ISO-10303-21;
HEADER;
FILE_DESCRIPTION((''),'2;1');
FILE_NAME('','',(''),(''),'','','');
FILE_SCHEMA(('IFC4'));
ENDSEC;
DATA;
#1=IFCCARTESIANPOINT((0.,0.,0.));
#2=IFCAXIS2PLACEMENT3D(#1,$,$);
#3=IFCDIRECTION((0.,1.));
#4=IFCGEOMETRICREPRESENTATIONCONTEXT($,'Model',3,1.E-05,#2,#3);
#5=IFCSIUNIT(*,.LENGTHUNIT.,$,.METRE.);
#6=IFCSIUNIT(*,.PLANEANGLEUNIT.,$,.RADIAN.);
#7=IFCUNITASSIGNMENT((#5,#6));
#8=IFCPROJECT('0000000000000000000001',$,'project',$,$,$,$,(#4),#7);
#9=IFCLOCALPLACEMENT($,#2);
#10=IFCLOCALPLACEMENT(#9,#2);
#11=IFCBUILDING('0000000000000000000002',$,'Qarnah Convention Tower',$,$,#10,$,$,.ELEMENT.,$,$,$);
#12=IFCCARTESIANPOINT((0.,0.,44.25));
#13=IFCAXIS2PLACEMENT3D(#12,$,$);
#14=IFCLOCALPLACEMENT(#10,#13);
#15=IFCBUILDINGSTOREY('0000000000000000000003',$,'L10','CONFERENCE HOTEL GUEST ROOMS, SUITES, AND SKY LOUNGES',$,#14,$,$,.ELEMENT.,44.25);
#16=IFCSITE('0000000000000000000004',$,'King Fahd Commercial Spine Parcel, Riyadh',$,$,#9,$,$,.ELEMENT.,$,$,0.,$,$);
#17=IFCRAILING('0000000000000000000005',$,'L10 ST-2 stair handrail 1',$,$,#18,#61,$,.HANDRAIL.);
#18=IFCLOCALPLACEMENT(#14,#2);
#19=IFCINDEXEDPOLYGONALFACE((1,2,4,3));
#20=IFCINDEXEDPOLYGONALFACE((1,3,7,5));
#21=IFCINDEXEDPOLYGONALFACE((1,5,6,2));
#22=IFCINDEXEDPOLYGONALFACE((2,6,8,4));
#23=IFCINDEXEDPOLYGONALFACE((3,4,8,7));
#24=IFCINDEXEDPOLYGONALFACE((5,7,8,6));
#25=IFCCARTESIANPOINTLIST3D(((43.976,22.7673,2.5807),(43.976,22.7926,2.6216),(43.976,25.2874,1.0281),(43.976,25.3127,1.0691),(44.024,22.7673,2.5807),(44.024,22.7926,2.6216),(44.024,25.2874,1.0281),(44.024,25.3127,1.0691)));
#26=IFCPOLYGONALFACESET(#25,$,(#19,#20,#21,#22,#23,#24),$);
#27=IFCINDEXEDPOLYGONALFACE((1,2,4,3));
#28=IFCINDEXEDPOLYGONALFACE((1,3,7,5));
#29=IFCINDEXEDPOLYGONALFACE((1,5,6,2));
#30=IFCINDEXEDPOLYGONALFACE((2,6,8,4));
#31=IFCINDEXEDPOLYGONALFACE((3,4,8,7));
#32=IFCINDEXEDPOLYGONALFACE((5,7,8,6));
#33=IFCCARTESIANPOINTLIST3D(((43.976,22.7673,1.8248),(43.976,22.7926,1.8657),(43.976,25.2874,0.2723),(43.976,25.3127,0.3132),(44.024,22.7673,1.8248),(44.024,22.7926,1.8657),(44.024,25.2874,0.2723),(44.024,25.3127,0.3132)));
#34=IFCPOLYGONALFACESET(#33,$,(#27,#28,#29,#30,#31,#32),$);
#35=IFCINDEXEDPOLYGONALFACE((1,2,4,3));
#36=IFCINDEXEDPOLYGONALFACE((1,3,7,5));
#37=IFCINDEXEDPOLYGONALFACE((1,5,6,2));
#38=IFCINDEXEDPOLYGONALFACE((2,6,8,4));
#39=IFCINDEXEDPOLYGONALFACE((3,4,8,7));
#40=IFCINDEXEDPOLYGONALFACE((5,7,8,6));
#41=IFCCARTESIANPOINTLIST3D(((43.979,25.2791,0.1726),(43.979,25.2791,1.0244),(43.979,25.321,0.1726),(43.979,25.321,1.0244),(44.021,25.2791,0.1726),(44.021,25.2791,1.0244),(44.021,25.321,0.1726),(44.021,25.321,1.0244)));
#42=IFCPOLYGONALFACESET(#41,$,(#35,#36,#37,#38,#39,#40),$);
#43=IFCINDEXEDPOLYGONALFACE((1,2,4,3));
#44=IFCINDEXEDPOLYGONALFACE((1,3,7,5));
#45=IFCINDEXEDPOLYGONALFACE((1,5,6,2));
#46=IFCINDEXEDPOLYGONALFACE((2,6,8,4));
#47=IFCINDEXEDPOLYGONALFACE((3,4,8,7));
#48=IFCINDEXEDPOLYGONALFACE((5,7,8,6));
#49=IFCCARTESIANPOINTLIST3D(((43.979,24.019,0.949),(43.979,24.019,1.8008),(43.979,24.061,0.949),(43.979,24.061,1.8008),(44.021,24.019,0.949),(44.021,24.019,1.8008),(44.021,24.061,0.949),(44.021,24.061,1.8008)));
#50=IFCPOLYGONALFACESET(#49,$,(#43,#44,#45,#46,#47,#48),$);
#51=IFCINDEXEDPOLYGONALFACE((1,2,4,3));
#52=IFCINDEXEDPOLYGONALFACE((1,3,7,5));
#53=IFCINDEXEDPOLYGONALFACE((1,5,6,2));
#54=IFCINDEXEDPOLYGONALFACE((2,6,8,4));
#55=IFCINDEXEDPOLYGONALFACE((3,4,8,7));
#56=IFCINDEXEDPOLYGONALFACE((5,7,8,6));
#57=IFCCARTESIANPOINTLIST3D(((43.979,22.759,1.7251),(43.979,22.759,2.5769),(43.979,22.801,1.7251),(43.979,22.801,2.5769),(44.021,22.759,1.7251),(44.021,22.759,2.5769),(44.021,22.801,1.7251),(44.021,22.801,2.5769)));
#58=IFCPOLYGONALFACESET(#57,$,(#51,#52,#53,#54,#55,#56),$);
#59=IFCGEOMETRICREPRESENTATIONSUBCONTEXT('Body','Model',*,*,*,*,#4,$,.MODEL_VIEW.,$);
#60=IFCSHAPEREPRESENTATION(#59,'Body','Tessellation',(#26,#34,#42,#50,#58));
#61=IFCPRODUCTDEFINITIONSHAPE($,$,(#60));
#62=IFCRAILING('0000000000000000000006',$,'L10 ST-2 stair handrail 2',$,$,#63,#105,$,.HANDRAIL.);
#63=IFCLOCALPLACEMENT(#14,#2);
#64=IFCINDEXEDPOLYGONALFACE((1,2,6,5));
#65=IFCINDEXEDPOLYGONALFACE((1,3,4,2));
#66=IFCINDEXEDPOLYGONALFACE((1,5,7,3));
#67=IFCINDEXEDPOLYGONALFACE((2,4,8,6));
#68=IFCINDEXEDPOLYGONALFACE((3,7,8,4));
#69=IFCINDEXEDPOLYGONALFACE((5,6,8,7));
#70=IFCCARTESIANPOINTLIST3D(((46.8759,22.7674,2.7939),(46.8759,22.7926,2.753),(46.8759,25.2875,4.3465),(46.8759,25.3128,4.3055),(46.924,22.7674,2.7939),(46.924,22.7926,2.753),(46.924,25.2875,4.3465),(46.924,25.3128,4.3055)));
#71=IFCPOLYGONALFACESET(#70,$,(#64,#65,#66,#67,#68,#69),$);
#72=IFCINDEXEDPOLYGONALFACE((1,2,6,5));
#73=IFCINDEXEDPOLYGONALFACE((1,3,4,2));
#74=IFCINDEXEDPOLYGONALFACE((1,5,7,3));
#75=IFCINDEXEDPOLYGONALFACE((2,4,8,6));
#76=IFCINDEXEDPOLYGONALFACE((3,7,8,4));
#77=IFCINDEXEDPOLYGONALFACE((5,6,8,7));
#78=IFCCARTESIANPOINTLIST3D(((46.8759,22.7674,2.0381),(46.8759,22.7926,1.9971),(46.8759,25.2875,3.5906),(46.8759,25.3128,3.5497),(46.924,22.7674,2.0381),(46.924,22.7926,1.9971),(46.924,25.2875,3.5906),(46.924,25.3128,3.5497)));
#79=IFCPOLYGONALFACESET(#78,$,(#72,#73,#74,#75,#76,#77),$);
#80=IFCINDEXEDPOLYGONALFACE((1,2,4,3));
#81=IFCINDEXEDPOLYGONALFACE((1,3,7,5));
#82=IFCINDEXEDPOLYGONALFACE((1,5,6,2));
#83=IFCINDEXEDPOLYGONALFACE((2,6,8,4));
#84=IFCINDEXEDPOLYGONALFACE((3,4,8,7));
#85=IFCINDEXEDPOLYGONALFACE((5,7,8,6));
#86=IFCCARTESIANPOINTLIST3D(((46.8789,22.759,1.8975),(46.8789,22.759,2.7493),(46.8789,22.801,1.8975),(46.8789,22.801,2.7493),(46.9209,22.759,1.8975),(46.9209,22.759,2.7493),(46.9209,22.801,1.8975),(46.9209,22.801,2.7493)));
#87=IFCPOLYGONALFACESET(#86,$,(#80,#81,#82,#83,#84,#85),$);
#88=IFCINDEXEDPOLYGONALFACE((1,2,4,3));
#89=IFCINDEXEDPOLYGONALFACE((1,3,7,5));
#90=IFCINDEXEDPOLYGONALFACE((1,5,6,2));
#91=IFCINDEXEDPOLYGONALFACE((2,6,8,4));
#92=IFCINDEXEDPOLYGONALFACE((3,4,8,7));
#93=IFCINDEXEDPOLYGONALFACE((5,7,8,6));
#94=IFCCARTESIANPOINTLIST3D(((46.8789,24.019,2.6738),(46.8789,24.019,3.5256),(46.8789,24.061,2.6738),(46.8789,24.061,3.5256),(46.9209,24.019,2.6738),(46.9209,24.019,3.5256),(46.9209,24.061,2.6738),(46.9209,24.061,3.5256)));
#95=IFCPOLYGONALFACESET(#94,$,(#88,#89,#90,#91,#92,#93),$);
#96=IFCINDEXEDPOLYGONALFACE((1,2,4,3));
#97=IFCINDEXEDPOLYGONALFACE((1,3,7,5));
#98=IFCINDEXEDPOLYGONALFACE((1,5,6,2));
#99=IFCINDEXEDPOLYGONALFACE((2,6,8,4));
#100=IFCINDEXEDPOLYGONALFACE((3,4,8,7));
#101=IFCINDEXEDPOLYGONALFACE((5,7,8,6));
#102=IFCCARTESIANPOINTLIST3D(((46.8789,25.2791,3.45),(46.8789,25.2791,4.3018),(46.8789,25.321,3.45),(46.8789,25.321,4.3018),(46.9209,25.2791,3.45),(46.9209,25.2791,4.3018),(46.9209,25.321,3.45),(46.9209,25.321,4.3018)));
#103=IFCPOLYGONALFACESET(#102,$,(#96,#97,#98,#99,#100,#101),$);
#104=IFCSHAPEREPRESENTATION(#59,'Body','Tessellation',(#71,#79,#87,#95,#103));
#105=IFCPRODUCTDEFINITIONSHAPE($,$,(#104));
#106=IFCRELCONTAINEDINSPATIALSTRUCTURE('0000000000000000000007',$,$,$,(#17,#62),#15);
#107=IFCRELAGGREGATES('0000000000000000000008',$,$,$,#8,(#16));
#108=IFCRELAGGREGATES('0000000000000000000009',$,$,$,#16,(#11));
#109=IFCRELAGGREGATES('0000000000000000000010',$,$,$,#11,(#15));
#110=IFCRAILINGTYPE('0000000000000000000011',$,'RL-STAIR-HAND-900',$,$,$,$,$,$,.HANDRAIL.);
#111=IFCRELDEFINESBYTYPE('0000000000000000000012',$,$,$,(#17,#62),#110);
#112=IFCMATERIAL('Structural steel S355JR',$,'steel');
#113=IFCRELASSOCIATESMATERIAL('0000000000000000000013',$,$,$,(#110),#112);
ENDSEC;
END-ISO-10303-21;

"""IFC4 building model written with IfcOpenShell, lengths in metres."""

from ifc_helpers import new_model, si_unit, direction, frame, origin, origin_2d, place, context, subcontext, project, spatial, rectangle, extrude, material, type_object, element, save


model = new_model("IFC4")

# Units and contexts
model_context = context("Model", 3, precision=1e-05, world=origin(), true_north=direction((0.0, 1.0)))
body_context = subcontext(model_context, "Body", "Model", "MODEL_VIEW")
ifc_project = project(units=[si_unit("LENGTHUNIT", "METRE"), si_unit("PLANEANGLEUNIT", "RADIAN")], contexts=[model_context])

# Site, building, storey
site_placement = place(None, origin())
site = spatial("IfcSite", under=ifc_project, at=site_placement, Name="King Fahd Commercial Spine Parcel, Riyadh", CompositionType="ELEMENT", RefElevation=0.0)
building_placement = place(site_placement, origin())
building = spatial("IfcBuilding", under=site, at=building_placement, Name="Qarnah Convention Tower", CompositionType="ELEMENT")
storey_placement = place(building_placement, frame((0.0, 0.0, 44.25)))
storey = spatial("IfcBuildingStorey", under=building, at=storey_placement, Name="L10", Description="CONFERENCE HOTEL GUEST ROOMS, SUITES, AND SKY LOUNGES", CompositionType="ELEMENT", Elevation=44.25)

# Shared definitions
ifc_material_1 = material(Name="Structural steel S355JR", Category="steel")

# Railings
railing_type_1 = type_object("IfcRailingType", Name="RL-STAIR-HAND-900", PredefinedType="HANDRAIL", material=ifc_material_1)
railing_1_placement = place(storey_placement, frame((44.0, 25.3, 0.1726)))
element("IfcRailing", 1, at=railing_1_placement, inside=storey, type_object=railing_type_1, Name="L10 ST-2 stair handrail 1", PredefinedType="HANDRAIL", context=body_context, shape_type="SweptSolid", body=[
    extrude(rectangle(XDim=0.0481, YDim=0.0481, at=origin_2d()), frame((0.0, 0.0, 0.876), z_axis=(0.0, -0.8514, 0.524516), x_axis=(1.0, 0.0, 0.0)), (0.0, 0.0, 1.0), 2.96),
    extrude(rectangle(XDim=0.0481, YDim=0.0481, at=origin_2d()), frame((0.0, 0.0, 0.1201), z_axis=(0.0, -0.8514, 0.524516), x_axis=(1.0, 0.0, 0.0)), (0.0, 0.0, 1.0), 2.96),
    extrude(rectangle(XDim=0.042, YDim=0.042, at=origin_2d()), origin(), (0.0, 0.0, 1.0), 0.8518),
    extrude(rectangle(XDim=0.042, YDim=0.042, at=origin_2d()), frame((0.0, -1.26, 0.7764)), (0.0, 0.0, 1.0), 0.8518),
    extrude(rectangle(XDim=0.042, YDim=0.042, at=origin_2d()), frame((0.0, -2.52, 1.5525)), (0.0, 0.0, 1.0), 0.8518),
])
railing_2_placement = place(storey_placement, frame((46.8999, 22.78, 1.8975)))
element("IfcRailing", 2, at=railing_2_placement, inside=storey, type_object=railing_type_1, Name="L10 ST-2 stair handrail 2", PredefinedType="HANDRAIL", context=body_context, shape_type="SweptSolid", body=[
    extrude(rectangle(XDim=0.0481, YDim=0.0481, at=origin_2d()), frame((0.0, 0.0, 0.876), z_axis=(0.0, 0.8514, 0.524516), x_axis=(-1.0, 0.0, 0.0)), (0.0, 0.0, 1.0), 2.96),
    extrude(rectangle(XDim=0.0481, YDim=0.0481, at=origin_2d()), frame((0.0, 0.0, 0.1201), z_axis=(0.0, 0.8514, 0.524516), x_axis=(-1.0, 0.0, 0.0)), (0.0, 0.0, 1.0), 2.96),
    extrude(rectangle(XDim=0.042, YDim=0.042, at=origin_2d()), origin(), (0.0, 0.0, 1.0), 0.8518),
    extrude(rectangle(XDim=0.042, YDim=0.042, at=origin_2d()), frame((0.0, 1.26, 0.7764)), (0.0, 0.0, 1.0), 0.8518),
    extrude(rectangle(XDim=0.042, YDim=0.042, at=origin_2d()), frame((0.0, 2.52, 1.5525)), (0.0, 0.0, 1.0), 0.8518),
])

save(model, "model.ifc")
